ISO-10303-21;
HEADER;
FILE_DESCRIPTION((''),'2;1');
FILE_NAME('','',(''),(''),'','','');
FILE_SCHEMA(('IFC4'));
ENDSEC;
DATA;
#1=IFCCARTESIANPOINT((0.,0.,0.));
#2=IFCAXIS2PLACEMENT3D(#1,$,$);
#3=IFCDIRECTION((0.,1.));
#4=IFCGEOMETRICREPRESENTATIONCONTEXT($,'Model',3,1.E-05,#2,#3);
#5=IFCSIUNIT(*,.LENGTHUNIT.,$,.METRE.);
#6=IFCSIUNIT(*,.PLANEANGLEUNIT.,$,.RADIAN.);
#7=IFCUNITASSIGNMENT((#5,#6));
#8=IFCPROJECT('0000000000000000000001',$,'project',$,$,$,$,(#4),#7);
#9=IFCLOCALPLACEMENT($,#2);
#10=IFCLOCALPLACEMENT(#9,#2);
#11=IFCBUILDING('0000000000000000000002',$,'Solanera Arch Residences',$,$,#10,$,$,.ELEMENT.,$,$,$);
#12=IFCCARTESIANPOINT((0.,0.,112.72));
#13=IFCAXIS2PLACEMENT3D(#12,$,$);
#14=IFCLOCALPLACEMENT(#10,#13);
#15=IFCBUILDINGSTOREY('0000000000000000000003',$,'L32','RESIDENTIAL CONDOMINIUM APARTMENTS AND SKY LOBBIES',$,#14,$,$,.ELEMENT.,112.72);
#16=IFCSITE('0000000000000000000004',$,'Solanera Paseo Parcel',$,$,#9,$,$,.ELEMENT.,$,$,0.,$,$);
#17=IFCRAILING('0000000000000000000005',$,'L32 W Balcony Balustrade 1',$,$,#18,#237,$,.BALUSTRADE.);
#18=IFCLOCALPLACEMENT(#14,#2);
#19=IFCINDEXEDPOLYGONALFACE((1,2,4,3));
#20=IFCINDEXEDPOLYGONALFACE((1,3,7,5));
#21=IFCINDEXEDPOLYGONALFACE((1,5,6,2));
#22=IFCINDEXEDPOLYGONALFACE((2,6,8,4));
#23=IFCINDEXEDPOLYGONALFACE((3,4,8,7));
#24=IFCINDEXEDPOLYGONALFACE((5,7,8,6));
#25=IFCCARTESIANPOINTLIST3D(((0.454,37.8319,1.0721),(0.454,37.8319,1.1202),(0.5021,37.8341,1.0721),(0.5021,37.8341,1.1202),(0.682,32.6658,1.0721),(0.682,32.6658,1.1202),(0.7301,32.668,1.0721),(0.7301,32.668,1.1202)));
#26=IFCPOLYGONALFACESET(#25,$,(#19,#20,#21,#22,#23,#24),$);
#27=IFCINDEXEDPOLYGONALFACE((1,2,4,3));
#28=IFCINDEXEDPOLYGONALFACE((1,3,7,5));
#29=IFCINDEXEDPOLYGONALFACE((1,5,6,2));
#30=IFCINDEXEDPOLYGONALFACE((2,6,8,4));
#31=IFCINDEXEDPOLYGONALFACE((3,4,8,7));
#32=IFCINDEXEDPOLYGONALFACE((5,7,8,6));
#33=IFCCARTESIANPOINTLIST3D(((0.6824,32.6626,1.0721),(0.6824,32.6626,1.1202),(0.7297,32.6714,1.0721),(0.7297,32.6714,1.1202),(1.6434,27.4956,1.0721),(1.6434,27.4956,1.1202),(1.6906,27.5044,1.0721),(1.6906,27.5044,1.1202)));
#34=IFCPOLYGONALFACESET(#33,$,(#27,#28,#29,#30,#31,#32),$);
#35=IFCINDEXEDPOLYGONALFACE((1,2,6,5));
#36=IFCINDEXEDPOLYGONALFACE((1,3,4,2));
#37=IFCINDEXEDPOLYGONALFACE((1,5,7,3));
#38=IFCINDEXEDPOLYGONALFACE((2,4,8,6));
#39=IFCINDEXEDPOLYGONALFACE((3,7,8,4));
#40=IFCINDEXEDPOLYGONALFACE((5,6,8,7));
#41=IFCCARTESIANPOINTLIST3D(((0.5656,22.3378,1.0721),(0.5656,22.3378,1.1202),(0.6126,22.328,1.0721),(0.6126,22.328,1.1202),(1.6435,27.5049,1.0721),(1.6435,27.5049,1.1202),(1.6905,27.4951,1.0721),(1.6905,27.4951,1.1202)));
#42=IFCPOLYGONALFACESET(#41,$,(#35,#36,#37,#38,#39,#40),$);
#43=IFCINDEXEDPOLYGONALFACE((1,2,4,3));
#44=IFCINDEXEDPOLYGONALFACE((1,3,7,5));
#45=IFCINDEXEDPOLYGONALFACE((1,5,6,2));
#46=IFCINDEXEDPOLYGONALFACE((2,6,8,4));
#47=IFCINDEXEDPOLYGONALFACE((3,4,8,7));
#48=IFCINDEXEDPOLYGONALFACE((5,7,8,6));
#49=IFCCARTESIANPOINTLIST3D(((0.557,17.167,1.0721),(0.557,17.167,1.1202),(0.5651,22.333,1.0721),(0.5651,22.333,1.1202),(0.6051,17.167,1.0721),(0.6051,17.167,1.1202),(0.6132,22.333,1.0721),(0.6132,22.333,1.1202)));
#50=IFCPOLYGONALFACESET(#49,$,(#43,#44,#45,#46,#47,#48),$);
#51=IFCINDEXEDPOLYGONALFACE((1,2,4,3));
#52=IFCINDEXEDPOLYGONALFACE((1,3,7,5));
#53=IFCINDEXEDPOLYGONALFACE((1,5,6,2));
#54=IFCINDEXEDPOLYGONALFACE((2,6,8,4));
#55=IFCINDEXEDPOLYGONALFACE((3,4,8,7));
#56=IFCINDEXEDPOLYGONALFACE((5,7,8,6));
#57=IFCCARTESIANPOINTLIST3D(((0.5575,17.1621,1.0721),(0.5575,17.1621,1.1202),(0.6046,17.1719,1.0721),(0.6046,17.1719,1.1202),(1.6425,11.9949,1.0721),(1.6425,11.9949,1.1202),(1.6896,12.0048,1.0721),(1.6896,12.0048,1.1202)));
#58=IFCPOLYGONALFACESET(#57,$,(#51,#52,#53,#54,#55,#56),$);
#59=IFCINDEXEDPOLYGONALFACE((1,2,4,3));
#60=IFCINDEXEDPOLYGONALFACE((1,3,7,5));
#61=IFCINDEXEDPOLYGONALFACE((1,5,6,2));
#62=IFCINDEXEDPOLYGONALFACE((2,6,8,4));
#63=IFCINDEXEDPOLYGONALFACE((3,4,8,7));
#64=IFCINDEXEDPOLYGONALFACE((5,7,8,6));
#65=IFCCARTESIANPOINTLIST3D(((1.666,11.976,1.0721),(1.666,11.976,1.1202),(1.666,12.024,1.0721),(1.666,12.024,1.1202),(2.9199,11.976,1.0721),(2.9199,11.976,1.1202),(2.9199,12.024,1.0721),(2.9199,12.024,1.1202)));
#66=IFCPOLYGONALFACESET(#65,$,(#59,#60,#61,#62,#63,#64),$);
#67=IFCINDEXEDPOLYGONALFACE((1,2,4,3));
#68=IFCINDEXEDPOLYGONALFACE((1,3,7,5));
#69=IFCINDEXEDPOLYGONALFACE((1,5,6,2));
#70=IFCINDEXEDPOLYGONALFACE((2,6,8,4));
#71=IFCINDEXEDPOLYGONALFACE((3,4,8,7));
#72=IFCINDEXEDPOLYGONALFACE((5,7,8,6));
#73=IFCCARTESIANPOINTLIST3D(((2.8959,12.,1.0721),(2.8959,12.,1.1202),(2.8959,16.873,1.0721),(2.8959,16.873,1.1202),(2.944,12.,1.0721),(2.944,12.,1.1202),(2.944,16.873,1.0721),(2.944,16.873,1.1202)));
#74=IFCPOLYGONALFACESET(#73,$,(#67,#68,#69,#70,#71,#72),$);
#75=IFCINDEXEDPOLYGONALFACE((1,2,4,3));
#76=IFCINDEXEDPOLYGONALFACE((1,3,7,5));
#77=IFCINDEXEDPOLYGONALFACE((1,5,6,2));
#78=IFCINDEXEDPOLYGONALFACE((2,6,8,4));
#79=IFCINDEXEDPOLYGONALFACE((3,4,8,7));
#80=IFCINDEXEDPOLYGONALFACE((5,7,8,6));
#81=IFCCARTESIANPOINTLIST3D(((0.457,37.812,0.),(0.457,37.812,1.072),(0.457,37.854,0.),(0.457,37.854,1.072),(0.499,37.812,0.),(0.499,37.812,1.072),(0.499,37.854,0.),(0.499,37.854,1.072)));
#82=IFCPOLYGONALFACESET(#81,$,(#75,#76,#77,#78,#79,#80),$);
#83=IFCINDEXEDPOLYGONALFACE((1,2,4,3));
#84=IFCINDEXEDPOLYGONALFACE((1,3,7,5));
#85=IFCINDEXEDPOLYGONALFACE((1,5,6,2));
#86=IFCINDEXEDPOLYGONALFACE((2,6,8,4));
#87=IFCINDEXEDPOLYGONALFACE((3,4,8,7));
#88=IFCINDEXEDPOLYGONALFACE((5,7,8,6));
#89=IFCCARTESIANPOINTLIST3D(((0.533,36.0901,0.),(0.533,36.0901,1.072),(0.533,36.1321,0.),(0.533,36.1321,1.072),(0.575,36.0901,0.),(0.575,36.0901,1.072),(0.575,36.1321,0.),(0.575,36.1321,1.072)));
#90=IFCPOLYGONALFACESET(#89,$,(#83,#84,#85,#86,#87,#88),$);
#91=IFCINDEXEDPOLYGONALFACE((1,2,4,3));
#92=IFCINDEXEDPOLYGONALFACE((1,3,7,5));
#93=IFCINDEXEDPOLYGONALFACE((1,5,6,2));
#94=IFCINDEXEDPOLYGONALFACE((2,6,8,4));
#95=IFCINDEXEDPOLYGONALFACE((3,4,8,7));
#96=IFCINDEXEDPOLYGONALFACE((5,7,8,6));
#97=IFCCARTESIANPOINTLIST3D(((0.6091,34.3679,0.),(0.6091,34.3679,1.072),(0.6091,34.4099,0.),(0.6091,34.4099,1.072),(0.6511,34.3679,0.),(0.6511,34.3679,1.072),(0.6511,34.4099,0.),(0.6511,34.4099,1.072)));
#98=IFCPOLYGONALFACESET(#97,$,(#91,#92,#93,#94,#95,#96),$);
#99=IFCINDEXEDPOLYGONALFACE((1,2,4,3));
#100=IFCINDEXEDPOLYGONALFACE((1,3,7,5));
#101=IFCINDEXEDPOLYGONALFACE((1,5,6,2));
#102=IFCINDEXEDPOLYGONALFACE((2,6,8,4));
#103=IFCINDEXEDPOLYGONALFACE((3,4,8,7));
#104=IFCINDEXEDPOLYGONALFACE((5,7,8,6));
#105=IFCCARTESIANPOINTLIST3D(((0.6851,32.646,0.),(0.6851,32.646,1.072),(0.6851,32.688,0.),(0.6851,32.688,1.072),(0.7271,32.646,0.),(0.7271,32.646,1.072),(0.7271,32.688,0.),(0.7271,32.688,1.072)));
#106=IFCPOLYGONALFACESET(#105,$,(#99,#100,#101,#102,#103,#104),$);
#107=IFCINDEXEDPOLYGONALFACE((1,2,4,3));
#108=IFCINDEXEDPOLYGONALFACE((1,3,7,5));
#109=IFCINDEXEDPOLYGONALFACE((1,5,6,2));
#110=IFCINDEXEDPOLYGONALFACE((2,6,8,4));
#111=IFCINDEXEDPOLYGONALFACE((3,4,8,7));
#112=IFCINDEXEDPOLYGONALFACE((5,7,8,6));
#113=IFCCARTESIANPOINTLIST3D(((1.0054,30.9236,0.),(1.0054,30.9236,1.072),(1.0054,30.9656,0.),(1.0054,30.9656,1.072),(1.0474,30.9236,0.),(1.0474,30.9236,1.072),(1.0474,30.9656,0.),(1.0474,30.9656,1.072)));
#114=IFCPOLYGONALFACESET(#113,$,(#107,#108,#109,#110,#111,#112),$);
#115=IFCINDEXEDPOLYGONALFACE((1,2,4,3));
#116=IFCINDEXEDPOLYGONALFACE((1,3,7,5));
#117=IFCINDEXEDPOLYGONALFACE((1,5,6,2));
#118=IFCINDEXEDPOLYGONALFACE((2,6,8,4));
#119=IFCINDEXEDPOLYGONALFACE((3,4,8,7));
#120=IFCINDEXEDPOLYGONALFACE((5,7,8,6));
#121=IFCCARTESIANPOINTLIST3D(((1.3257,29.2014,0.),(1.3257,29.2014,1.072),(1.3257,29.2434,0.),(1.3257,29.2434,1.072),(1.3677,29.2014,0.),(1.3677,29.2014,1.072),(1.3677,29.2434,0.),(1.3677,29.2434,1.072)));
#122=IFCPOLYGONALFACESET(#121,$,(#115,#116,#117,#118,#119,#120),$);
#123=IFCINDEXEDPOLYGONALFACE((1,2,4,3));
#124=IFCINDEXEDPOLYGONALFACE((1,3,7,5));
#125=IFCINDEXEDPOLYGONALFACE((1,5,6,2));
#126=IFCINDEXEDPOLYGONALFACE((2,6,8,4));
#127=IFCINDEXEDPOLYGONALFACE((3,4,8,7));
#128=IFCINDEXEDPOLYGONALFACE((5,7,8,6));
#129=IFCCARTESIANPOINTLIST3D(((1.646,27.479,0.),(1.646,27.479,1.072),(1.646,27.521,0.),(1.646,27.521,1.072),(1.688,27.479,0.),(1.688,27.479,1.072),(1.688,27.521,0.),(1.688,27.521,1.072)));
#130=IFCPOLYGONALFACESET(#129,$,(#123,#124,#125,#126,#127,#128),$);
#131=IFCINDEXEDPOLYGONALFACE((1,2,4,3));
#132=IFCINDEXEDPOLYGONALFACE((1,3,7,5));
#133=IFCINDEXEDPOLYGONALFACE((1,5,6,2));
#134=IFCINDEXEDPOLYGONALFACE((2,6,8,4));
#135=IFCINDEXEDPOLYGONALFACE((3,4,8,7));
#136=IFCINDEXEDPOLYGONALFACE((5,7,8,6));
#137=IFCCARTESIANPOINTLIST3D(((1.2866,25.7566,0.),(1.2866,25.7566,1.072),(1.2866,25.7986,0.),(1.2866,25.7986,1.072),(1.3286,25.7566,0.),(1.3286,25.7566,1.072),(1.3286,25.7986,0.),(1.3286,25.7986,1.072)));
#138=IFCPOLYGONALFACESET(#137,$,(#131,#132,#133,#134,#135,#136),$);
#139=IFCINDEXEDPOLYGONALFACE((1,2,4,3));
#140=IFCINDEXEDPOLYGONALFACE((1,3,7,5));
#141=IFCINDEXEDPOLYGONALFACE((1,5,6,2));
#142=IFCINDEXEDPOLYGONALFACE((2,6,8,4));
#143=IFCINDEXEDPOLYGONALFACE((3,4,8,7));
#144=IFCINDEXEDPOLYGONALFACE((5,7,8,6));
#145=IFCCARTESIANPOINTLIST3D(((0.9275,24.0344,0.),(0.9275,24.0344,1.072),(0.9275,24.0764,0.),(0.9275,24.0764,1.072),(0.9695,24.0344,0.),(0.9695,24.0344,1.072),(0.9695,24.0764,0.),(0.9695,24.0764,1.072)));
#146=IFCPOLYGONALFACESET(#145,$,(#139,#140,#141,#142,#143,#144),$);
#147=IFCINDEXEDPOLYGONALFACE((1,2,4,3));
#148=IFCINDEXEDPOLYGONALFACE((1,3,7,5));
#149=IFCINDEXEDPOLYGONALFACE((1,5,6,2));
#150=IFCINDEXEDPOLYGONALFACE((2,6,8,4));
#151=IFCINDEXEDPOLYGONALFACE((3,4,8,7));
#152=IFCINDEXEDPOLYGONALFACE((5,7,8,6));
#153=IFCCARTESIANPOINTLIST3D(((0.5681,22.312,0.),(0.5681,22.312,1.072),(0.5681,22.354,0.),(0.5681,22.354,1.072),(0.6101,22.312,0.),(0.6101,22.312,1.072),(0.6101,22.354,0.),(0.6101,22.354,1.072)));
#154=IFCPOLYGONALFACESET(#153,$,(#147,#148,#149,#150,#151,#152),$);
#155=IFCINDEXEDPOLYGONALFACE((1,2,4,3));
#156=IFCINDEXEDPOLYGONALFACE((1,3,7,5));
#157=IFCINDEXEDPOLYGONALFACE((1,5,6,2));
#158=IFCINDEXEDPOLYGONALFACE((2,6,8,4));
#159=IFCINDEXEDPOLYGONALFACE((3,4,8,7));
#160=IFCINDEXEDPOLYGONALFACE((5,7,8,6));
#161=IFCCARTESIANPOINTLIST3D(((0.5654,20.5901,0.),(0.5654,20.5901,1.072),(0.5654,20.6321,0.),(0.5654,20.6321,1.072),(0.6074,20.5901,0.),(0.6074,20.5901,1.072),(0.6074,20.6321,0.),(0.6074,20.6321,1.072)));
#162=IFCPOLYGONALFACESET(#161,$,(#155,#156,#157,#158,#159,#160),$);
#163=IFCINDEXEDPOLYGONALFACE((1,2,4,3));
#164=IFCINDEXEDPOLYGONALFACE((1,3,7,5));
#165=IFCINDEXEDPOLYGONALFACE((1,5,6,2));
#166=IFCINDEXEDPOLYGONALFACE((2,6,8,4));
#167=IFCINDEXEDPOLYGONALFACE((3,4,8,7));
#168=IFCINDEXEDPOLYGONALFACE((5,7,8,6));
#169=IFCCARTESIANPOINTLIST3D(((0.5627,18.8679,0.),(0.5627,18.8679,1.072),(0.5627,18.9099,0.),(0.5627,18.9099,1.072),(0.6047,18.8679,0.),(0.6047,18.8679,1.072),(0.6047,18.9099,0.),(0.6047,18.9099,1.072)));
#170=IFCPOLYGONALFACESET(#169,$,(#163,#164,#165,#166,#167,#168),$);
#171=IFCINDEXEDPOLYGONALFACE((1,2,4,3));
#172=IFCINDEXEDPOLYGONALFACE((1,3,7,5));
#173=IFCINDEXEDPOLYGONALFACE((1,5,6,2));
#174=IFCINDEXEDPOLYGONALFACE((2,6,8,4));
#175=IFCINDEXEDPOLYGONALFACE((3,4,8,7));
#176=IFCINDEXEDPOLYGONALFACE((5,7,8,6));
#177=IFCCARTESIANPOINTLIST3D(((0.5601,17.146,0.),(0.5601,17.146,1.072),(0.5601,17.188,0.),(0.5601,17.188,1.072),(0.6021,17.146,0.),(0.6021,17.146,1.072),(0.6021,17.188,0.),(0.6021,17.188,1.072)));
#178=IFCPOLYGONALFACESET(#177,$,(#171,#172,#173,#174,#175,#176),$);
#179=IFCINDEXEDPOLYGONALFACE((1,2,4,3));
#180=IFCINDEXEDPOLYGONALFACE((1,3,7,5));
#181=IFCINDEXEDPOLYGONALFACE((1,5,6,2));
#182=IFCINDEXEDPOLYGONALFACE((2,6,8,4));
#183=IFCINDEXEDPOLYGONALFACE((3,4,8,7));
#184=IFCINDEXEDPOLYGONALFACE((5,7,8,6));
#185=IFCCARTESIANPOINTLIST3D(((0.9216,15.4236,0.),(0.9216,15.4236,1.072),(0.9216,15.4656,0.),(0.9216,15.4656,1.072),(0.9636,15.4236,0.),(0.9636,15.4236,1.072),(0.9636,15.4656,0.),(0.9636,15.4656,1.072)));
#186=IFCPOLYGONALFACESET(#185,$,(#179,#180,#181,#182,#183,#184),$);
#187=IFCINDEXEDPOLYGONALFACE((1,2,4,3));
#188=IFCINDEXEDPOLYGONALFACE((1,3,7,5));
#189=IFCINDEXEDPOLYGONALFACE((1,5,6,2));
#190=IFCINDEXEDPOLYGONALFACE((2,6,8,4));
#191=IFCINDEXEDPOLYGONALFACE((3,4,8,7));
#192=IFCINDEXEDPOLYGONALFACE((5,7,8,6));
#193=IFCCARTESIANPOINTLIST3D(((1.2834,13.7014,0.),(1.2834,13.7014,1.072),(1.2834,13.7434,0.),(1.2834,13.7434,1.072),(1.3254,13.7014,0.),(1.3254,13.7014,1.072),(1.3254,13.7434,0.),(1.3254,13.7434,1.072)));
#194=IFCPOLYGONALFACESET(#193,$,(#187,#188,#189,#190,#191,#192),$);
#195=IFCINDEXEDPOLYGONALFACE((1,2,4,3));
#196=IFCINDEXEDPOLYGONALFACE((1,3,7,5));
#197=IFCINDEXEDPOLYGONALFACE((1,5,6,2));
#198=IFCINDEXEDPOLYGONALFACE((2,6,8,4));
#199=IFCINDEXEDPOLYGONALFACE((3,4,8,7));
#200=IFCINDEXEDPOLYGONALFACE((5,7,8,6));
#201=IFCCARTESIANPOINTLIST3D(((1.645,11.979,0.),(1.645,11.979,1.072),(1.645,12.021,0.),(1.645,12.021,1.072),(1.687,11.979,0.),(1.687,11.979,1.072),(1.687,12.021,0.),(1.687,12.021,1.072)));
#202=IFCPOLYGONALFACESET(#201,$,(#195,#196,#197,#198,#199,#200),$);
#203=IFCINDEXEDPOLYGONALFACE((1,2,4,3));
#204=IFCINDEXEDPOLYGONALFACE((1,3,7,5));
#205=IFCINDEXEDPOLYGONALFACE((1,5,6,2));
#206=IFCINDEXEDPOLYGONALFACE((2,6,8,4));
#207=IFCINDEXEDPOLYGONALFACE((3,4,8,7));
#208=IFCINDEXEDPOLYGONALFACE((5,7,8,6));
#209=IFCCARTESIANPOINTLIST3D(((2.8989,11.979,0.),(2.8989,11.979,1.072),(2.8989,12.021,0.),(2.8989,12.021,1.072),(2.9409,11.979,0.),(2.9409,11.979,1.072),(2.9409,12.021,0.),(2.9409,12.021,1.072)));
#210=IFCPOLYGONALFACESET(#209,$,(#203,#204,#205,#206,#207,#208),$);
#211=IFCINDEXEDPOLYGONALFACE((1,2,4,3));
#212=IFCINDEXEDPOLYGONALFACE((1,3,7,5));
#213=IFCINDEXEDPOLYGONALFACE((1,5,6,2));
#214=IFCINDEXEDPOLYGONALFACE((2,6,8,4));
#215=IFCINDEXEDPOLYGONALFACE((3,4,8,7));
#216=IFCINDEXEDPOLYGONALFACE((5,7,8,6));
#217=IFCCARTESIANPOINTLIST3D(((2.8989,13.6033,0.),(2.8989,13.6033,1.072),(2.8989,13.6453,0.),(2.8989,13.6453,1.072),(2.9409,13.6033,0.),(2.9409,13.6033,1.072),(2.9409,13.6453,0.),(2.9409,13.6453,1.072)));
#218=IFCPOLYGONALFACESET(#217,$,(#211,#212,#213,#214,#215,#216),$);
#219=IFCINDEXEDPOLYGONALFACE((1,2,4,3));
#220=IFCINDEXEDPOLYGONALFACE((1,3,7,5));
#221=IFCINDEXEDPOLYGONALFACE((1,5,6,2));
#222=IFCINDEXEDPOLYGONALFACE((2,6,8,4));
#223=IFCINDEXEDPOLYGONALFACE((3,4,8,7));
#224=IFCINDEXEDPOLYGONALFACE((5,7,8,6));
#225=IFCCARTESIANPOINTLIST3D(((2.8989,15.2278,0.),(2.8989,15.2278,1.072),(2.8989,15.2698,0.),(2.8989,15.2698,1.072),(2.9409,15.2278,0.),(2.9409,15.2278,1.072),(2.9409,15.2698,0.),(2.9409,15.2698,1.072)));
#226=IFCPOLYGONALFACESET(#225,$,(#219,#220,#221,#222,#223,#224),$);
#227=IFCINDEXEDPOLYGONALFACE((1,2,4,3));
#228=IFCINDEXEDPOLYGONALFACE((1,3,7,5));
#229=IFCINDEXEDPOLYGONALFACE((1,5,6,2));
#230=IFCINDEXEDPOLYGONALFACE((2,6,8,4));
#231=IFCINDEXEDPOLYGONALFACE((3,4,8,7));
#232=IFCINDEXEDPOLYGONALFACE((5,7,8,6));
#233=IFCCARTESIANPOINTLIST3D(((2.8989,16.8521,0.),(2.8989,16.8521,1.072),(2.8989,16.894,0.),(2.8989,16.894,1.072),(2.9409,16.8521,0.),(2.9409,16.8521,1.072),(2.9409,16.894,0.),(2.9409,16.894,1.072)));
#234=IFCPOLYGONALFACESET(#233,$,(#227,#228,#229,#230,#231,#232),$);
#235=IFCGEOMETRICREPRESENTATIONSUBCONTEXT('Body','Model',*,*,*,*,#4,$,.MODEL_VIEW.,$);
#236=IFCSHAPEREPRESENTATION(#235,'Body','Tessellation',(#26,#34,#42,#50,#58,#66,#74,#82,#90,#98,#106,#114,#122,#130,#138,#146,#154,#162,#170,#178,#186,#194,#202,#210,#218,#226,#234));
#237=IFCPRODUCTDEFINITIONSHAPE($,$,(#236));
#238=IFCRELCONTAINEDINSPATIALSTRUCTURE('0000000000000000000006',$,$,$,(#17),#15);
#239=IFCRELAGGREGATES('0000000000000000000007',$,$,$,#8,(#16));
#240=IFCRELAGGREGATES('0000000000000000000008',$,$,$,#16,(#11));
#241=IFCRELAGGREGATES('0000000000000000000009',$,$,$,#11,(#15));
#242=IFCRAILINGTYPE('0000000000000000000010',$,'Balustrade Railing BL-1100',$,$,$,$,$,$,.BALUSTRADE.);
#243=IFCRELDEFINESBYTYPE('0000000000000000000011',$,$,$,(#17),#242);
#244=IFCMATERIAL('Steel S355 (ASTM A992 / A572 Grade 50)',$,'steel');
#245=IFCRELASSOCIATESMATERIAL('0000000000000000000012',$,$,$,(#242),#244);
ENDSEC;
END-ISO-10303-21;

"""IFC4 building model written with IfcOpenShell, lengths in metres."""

from ifc_helpers import new_model, si_unit, direction, frame, origin, origin_2d, place, context, subcontext, project, spatial, rectangle, extrude, material, type_object, element, save


model = new_model("IFC4")

# Units and contexts
model_context = context("Model", 3, precision=1e-05, world=origin(), true_north=direction((0.0, 1.0)))
body_context = subcontext(model_context, "Body", "Model", "MODEL_VIEW")
ifc_project = project(units=[si_unit("LENGTHUNIT", "METRE"), si_unit("PLANEANGLEUNIT", "RADIAN")], contexts=[model_context])

# Site, building, storey
site_placement = place(None, origin())
site = spatial("IfcSite", under=ifc_project, at=site_placement, Name="Solanera Paseo Parcel", CompositionType="ELEMENT", RefElevation=0.0)
building_placement = place(site_placement, origin())
building = spatial("IfcBuilding", under=site, at=building_placement, Name="Solanera Arch Residences", CompositionType="ELEMENT")
storey_placement = place(building_placement, frame((0.0, 0.0, 112.72)))
storey = spatial("IfcBuildingStorey", under=building, at=storey_placement, Name="L32", Description="RESIDENTIAL CONDOMINIUM APARTMENTS AND SKY LOBBIES", CompositionType="ELEMENT", Elevation=112.72)

# Railing
ifc_material_1 = material(Name="Steel S355 (ASTM A992 / A572 Grade 50)", Category="steel")
railing_type_1 = type_object("IfcRailingType", Name="Balustrade Railing BL-1100", PredefinedType="BALUSTRADE", material=ifc_material_1)
railing_1_placement = place(storey_placement, frame((0.478, 37.833, 0.0)))
element("IfcRailing", 1, at=railing_1_placement, inside=storey, type_object=railing_type_1, Name="L32 W Balcony Balustrade 1", PredefinedType="BALUSTRADE", context=body_context, shape_type="SweptSolid", body=[
    extrude(rectangle(XDim=0.0481, YDim=0.0481, at=origin_2d()), frame((0.0, 0.0, 1.0962), z_axis=(0.044097, -0.999027, 0.0), x_axis=(0.999027, 0.044097, 0.0)), (0.0, 0.0, 1.0), 5.1711),
    extrude(rectangle(XDim=0.0481, YDim=0.0481, at=origin_2d()), frame((0.228, -5.166, 1.0962), z_axis=(0.182841, -0.983142, 0.0), x_axis=(0.983142, 0.182841, 0.0)), (0.0, 0.0, 1.0), 5.2556),
    extrude(rectangle(XDim=0.0481, YDim=0.0481, at=origin_2d()), frame((1.189, -10.333, 1.0962), z_axis=(-0.204213, -0.978927, 0.0), x_axis=(0.978927, -0.204213, 0.0)), (0.0, 0.0, 1.0), 5.2783),
    extrude(rectangle(XDim=0.0481, YDim=0.0481, at=origin_2d()), frame((0.1111, -15.5, 1.0962), z_axis=(-0.00156, -0.999999, 0.0), x_axis=(0.999999, -0.00156, 0.0)), (0.0, 0.0, 1.0), 5.166),
    extrude(rectangle(XDim=0.0481, YDim=0.0481, at=origin_2d()), frame((0.103, -20.666, 1.0962), z_axis=(0.205498, -0.978658, 0.0), x_axis=(0.978658, 0.205498, 0.0)), (0.0, 0.0, 1.0), 5.2798),
    extrude(rectangle(XDim=0.0481, YDim=0.0481, at=origin_2d()), frame((1.188, -25.833, 1.0962), z_axis=(1.0, 0.0, 0.0), x_axis=(0.0, 1.0, 0.0)), (0.0, 0.0, 1.0), 1.2539),
    extrude(rectangle(XDim=0.0481, YDim=0.0481, at=origin_2d()), frame((2.4419, -25.833, 1.0962), z_axis=(0.0, 1.0, 0.0), x_axis=(-1.0, 0.0, 0.0)), (0.0, 0.0, 1.0), 4.873),
    extrude(rectangle(XDim=0.042, YDim=0.042, at=origin_2d()), origin(), (0.0, 0.0, 1.0), 1.072),
    extrude(rectangle(XDim=0.042, YDim=0.042, at=origin_2d()), frame((0.0759, -1.7219, 0.0)), (0.0, 0.0, 1.0), 1.072),
    extrude(rectangle(XDim=0.042, YDim=0.042, at=origin_2d()), frame((0.1521, -3.4441, 0.0)), (0.0, 0.0, 1.0), 1.072),
    extrude(rectangle(XDim=0.042, YDim=0.042, at=origin_2d()), frame((0.228, -5.166, 0.0)), (0.0, 0.0, 1.0), 1.072),
    extrude(rectangle(XDim=0.042, YDim=0.042, at=origin_2d()), frame((0.5483, -6.8884, 0.0)), (0.0, 0.0, 1.0), 1.072),
    extrude(rectangle(XDim=0.042, YDim=0.042, at=origin_2d()), frame((0.8687, -8.6106, 0.0)), (0.0, 0.0, 1.0), 1.072),
    extrude(rectangle(XDim=0.042, YDim=0.042, at=origin_2d()), frame((1.189, -10.333, 0.0)), (0.0, 0.0, 1.0), 1.072),
    extrude(rectangle(XDim=0.042, YDim=0.042, at=origin_2d()), frame((0.8296, -12.0554, 0.0)), (0.0, 0.0, 1.0), 1.072),
    extrude(rectangle(XDim=0.042, YDim=0.042, at=origin_2d()), frame((0.4705, -13.7776, 0.0)), (0.0, 0.0, 1.0), 1.072),
    extrude(rectangle(XDim=0.042, YDim=0.042, at=origin_2d()), frame((0.1111, -15.5, 0.0)), (0.0, 0.0, 1.0), 1.072),
    extrude(rectangle(XDim=0.042, YDim=0.042, at=origin_2d()), frame((0.1084, -17.2219, 0.0)), (0.0, 0.0, 1.0), 1.072),
    extrude(rectangle(XDim=0.042, YDim=0.042, at=origin_2d()), frame((0.1057, -18.9441, 0.0)), (0.0, 0.0, 1.0), 1.072),
    extrude(rectangle(XDim=0.042, YDim=0.042, at=origin_2d()), frame((0.103, -20.666, 0.0)), (0.0, 0.0, 1.0), 1.072),
    extrude(rectangle(XDim=0.042, YDim=0.042, at=origin_2d()), frame((0.4646, -22.3884, 0.0)), (0.0, 0.0, 1.0), 1.072),
    extrude(rectangle(XDim=0.042, YDim=0.042, at=origin_2d()), frame((0.8264, -24.1106, 0.0)), (0.0, 0.0, 1.0), 1.072),
    extrude(rectangle(XDim=0.042, YDim=0.042, at=origin_2d()), frame((1.188, -25.833, 0.0)), (0.0, 0.0, 1.0), 1.072),
    extrude(rectangle(XDim=0.042, YDim=0.042, at=origin_2d()), frame((2.4419, -25.833, 0.0)), (0.0, 0.0, 1.0), 1.072),
    extrude(rectangle(XDim=0.042, YDim=0.042, at=origin_2d()), frame((2.4419, -24.2087, 0.0)), (0.0, 0.0, 1.0), 1.072),
    extrude(rectangle(XDim=0.042, YDim=0.042, at=origin_2d()), frame((2.4419, -22.5842, 0.0)), (0.0, 0.0, 1.0), 1.072),
    extrude(rectangle(XDim=0.042, YDim=0.042, at=origin_2d()), frame((2.4419, -20.96, 0.0)), (0.0, 0.0, 1.0), 1.072),
])

save(model, "model.ifc")
